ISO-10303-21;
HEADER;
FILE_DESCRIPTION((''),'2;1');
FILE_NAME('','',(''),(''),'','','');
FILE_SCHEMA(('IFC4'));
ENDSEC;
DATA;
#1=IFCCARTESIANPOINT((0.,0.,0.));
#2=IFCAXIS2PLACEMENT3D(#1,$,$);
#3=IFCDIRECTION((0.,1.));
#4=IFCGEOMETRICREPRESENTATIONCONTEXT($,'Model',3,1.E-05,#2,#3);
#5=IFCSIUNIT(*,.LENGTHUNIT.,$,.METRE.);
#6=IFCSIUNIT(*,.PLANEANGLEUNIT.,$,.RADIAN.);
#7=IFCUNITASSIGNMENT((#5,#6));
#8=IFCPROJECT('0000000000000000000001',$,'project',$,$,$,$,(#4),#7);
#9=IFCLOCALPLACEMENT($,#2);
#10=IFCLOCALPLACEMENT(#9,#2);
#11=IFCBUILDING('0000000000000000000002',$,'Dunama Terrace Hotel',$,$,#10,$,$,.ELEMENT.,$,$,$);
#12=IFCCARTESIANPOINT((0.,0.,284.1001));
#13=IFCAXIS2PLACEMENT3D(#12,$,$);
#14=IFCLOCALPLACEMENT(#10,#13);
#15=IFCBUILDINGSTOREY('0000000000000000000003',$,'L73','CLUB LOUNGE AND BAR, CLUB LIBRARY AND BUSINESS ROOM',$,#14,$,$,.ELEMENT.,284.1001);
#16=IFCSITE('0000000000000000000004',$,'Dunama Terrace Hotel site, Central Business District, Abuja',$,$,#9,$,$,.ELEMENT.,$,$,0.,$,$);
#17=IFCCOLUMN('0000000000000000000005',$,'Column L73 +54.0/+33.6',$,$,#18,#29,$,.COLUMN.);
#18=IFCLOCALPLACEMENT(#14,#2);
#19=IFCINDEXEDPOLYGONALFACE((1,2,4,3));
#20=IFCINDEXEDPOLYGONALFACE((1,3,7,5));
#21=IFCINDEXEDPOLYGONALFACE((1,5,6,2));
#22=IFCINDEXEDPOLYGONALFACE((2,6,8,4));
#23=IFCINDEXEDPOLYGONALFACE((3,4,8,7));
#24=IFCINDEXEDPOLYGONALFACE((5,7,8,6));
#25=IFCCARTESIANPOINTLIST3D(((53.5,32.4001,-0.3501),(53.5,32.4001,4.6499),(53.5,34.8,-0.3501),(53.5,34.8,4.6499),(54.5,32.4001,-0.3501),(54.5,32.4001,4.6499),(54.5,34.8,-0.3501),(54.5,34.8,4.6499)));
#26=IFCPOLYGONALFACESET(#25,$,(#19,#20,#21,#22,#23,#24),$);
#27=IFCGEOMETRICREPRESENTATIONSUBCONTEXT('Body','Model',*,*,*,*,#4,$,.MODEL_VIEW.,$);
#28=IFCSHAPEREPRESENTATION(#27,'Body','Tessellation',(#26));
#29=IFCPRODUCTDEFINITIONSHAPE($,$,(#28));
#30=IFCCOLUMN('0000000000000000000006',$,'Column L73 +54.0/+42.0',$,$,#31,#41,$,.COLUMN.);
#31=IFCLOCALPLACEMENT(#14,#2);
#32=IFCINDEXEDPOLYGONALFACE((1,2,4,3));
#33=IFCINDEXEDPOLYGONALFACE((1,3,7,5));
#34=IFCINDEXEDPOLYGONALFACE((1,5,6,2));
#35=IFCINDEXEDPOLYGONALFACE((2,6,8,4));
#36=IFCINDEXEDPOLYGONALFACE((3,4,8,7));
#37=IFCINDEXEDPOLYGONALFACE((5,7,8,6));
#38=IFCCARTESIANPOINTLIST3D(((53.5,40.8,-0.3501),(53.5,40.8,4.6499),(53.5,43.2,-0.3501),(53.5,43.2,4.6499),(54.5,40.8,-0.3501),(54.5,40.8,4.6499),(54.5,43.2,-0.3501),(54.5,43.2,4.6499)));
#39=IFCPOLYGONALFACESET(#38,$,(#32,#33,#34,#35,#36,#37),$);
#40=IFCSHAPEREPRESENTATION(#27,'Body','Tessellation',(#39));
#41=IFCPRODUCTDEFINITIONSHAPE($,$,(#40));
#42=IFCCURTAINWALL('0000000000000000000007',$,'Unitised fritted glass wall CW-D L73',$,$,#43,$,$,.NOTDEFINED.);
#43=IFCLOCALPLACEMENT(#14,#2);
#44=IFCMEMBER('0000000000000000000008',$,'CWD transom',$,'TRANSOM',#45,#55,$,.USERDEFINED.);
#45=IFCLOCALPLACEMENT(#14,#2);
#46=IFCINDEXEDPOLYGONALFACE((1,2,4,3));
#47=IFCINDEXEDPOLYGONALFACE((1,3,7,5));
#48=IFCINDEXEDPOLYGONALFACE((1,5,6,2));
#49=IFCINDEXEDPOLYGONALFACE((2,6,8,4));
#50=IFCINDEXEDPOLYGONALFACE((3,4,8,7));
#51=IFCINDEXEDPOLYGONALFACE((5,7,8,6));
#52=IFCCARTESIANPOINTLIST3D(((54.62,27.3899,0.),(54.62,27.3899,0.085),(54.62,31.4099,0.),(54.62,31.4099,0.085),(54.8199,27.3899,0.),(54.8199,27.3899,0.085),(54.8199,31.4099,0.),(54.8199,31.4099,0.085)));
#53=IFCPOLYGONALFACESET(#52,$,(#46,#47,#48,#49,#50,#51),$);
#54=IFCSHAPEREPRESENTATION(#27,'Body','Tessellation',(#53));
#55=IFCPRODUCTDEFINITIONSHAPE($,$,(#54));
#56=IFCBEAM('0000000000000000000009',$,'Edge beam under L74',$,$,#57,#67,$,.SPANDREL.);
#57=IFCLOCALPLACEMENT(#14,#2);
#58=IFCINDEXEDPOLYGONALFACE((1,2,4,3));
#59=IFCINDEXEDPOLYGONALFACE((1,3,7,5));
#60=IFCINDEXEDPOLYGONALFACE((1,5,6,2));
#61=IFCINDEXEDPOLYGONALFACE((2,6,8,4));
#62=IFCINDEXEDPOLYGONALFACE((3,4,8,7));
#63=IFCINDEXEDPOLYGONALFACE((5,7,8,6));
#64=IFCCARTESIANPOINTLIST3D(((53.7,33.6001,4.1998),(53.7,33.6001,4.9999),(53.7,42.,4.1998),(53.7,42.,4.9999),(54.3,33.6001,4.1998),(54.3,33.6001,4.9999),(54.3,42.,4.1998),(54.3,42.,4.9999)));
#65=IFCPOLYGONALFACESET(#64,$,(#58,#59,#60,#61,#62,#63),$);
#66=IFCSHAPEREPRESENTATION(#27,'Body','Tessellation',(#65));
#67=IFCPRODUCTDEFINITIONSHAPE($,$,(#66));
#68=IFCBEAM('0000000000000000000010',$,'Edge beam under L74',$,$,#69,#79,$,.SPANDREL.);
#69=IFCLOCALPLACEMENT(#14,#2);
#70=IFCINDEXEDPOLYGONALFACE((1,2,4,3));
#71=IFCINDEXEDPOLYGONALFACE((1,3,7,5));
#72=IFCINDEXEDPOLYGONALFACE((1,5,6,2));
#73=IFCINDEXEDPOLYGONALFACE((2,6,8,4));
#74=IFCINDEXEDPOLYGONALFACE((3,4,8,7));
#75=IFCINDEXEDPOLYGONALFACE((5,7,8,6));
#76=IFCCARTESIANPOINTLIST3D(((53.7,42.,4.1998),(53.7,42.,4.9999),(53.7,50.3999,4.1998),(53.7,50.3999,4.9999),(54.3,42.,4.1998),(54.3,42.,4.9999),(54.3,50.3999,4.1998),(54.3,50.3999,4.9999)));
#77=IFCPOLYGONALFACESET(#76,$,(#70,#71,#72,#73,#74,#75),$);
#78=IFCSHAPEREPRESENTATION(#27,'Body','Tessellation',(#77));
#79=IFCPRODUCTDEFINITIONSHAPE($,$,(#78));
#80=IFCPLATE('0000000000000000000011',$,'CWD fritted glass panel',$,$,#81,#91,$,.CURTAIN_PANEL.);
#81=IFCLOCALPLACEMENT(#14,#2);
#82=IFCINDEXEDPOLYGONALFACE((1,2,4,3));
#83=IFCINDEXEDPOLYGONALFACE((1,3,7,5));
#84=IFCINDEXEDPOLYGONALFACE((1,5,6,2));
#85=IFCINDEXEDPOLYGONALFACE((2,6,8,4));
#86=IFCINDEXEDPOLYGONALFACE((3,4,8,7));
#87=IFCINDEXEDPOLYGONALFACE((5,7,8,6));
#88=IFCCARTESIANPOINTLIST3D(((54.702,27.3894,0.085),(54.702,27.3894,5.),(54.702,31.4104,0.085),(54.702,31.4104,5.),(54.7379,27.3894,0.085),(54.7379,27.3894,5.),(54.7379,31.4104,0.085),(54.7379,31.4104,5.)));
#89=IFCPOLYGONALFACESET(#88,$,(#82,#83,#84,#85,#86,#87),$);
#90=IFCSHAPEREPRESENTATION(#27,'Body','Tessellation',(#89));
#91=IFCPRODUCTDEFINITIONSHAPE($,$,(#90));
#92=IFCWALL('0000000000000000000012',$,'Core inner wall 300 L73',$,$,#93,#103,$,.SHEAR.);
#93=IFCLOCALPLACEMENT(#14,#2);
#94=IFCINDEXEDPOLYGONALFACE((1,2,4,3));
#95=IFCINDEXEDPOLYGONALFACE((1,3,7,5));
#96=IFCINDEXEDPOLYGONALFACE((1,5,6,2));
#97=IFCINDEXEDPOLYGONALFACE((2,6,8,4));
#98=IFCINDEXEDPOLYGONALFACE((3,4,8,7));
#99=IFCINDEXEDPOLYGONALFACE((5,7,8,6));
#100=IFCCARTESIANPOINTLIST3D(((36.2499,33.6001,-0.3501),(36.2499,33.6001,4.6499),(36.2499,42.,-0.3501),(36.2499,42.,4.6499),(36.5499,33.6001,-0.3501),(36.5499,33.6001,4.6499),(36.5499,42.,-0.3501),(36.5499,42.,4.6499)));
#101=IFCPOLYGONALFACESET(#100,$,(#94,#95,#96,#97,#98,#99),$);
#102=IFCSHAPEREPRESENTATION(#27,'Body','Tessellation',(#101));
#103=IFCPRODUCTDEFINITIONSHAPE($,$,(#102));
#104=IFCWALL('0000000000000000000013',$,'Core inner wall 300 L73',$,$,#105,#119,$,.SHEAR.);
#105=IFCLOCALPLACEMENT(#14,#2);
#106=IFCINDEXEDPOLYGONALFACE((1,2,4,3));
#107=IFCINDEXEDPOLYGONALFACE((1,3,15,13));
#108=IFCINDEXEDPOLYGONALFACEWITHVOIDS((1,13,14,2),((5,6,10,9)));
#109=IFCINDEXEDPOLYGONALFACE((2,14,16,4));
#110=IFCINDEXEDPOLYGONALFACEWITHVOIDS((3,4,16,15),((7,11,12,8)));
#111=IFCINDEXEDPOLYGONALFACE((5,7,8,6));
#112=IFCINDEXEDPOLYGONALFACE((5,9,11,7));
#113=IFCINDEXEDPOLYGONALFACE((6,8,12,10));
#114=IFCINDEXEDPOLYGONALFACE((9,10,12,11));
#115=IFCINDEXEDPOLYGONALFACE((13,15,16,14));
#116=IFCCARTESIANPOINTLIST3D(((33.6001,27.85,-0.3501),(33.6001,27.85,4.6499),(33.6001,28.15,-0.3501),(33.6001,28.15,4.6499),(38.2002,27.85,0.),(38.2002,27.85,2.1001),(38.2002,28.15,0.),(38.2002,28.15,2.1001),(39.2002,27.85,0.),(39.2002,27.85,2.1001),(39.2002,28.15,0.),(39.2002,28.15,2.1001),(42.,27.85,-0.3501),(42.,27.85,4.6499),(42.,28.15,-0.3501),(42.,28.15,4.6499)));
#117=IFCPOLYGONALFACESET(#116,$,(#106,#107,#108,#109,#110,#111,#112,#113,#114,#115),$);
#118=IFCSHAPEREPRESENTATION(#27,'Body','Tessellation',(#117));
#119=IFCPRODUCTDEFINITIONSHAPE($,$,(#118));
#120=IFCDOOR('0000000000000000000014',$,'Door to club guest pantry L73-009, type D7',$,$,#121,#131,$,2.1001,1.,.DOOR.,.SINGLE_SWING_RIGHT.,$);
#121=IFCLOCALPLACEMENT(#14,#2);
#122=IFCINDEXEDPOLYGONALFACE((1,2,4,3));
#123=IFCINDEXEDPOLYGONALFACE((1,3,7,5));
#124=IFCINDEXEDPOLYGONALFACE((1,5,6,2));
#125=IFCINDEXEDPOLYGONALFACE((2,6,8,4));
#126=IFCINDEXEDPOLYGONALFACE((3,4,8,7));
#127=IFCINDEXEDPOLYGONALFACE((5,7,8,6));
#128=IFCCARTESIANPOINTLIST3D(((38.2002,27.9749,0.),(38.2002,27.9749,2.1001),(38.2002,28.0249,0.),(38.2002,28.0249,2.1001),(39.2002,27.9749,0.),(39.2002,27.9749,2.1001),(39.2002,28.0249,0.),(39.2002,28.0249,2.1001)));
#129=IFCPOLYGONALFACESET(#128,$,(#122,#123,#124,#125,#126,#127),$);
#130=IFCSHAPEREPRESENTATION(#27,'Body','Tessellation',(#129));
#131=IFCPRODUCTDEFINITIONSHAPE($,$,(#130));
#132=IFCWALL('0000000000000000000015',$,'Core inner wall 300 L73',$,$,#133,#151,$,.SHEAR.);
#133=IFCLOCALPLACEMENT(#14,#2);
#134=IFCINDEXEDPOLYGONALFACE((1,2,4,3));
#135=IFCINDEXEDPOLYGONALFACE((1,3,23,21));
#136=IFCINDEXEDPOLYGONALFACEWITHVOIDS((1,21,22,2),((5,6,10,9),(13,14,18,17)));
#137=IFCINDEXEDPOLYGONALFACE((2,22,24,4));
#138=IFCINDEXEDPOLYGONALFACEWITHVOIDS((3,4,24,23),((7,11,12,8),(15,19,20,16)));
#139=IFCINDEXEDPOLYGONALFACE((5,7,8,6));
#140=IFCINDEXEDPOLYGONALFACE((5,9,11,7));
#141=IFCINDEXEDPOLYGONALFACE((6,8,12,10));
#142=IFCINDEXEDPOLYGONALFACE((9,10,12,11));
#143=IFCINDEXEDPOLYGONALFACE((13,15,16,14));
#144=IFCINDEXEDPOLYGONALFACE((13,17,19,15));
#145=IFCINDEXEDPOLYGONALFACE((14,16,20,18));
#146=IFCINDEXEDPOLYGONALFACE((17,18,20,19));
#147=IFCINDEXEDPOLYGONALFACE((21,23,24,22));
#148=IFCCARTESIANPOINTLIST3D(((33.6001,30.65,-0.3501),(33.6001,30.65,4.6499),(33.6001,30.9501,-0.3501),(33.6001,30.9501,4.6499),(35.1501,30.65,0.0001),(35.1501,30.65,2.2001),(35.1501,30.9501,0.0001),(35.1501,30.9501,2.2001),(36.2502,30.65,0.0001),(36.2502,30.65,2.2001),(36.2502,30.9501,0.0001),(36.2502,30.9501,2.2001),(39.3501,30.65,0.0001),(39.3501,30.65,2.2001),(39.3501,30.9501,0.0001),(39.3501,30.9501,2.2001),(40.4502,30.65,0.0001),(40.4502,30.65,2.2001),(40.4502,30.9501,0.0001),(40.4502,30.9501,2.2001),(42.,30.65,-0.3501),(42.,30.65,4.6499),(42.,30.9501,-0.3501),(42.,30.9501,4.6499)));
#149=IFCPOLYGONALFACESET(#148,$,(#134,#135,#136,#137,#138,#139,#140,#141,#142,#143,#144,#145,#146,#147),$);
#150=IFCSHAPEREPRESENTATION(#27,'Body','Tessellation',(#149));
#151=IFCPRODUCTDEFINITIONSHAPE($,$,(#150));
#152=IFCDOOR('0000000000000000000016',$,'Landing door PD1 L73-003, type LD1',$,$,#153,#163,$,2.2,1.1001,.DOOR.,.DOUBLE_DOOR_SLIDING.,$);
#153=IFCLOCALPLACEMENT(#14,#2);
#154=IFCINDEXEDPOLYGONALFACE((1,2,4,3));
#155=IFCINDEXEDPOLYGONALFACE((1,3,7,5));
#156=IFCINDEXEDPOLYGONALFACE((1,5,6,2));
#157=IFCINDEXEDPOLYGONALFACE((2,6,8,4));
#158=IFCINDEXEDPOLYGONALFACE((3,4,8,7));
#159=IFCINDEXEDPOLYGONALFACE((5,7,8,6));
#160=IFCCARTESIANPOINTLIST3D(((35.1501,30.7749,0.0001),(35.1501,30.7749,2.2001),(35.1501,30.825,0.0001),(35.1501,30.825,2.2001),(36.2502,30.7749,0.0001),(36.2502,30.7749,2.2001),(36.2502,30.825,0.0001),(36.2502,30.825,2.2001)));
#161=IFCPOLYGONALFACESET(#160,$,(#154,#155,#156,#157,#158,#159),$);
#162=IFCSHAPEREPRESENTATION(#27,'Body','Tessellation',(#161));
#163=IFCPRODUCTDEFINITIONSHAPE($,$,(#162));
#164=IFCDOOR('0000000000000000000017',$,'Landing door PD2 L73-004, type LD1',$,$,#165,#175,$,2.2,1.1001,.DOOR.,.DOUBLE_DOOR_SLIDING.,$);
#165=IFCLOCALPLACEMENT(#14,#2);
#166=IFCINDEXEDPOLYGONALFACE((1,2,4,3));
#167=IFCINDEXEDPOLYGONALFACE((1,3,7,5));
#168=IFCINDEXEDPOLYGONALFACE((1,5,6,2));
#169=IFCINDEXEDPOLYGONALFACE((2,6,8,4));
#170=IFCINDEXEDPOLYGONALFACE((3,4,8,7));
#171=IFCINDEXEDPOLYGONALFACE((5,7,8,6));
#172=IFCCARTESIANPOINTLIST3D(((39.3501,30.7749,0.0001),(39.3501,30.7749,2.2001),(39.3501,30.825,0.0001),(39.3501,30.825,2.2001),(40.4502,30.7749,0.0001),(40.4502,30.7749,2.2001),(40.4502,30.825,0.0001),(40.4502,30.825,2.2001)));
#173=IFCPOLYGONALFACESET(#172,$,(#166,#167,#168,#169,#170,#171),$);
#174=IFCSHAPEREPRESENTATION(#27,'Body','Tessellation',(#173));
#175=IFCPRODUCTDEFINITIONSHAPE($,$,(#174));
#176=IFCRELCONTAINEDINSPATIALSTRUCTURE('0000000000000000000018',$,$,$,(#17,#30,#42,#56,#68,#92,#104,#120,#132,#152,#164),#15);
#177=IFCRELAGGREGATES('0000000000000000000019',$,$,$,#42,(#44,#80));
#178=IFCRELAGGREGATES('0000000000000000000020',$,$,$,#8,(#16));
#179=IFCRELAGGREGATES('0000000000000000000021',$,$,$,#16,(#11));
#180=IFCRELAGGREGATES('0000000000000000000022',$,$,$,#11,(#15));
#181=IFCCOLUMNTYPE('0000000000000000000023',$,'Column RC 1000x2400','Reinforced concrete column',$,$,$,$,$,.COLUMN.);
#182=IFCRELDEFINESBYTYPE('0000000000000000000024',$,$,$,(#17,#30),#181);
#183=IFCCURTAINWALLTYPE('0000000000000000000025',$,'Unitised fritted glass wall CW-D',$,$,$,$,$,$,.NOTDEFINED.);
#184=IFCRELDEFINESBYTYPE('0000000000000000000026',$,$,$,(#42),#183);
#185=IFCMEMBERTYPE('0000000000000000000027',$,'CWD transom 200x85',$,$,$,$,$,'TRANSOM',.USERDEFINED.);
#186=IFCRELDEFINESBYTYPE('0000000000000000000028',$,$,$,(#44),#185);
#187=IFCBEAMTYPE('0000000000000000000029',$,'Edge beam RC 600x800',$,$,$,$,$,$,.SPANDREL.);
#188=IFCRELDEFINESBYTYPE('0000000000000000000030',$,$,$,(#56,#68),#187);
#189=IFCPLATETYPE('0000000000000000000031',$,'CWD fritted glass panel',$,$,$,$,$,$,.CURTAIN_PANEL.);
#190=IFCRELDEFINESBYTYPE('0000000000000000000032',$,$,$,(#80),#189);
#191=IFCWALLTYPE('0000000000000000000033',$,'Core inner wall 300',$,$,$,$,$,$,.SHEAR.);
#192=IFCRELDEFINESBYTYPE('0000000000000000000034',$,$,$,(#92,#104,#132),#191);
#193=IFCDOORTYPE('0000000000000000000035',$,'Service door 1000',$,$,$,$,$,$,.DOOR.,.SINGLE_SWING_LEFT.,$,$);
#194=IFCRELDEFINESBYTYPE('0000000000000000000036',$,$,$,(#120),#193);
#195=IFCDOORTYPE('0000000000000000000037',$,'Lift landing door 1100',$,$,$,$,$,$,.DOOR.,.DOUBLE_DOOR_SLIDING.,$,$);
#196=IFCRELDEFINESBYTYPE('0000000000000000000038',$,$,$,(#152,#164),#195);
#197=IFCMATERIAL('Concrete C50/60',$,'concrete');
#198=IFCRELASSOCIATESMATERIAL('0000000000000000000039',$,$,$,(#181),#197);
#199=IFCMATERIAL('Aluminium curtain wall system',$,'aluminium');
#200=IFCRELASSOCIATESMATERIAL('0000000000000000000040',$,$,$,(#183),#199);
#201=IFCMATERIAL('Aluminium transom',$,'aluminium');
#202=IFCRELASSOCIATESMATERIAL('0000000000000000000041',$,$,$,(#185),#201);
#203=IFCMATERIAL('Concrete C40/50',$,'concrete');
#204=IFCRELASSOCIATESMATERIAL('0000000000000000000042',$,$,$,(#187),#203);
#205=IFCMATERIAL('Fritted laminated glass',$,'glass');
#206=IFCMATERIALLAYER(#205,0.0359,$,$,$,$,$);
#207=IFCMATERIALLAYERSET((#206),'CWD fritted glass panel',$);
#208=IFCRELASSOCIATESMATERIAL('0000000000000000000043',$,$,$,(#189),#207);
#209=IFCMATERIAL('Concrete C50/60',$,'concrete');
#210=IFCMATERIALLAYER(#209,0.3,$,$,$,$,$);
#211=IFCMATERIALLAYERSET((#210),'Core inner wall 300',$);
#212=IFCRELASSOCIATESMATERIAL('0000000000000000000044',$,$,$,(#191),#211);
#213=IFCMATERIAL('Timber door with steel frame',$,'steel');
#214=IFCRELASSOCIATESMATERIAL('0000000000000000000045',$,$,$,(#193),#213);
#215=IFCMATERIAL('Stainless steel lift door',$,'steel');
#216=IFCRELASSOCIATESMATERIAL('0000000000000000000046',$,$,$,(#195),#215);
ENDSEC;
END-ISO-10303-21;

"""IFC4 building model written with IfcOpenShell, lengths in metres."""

from ifc_helpers import new_model, si_unit, direction, frame, frame_2d, origin, origin_2d, place, context, subcontext, project, spatial, rectangle, extrude, material, layer, layer_set, material_profile, profile_set, type_object, element, fill, aggregate, save


model = new_model("IFC4")

# Units and contexts
model_context = context("Model", 3, precision=1e-05, world=origin(), true_north=direction((0.0, 1.0)))
body_context = subcontext(model_context, "Body", "Model", "MODEL_VIEW")
ifc_project = project(units=[si_unit("LENGTHUNIT", "METRE"), si_unit("PLANEANGLEUNIT", "RADIAN")], contexts=[model_context])

# Site, building, storey
site_placement = place(None, origin())
site = spatial("IfcSite", under=ifc_project, at=site_placement, Name="Dunama Terrace Hotel site, Central Business District, Abuja", CompositionType="ELEMENT", RefElevation=0.0)
building_placement = place(site_placement, origin())
building = spatial("IfcBuilding", under=site, at=building_placement, Name="Dunama Terrace Hotel", CompositionType="ELEMENT")
storey_placement = place(building_placement, frame((0.0, 0.0, 284.1001)))
storey = spatial("IfcBuildingStorey", under=building, at=storey_placement, Name="L73", Description="CLUB LOUNGE AND BAR, CLUB LIBRARY AND BUSINESS ROOM", CompositionType="ELEMENT", Elevation=284.1001)

# Columns
ifc_material_1 = material(Name="Concrete C50/60", Category="concrete")
ifc_material_profile_1 = material_profile(ifc_material_1, rectangle(XDim=1.0, YDim=2.3999, at=origin_2d()), Name="RC 1000x2400")
ifc_profile_set_1 = profile_set([ifc_material_profile_1], Name="Concrete C50/60")
column_type = type_object("IfcColumnType", Name="Column RC 1000x2400", Description="Reinforced concrete column", PredefinedType="COLUMN", material=ifc_profile_set_1)
for number, where, z_axis, x_axis, name in (
    (1, (54.0, 33.6001, -0.3501), (0.0, 0.0, 1.0), (1.0, 0.0, 0.0), "Column L73 +54.0/+33.6"),
    (2, (54.0, 42.0, -0.3501), (0.0, 0.0, 1.0), (1.0, 0.0, 0.0), "Column L73 +54.0/+42.0"),
):
    element("IfcColumn", number, at=place(storey_placement, frame(where, z_axis=z_axis, x_axis=x_axis)), inside=storey, type_object=column_type, Name=name, PredefinedType="COLUMN", context=body_context, shape_type="SweptSolid", body=[
        extrude(rectangle(XDim=1.0, YDim=2.3999, at=origin_2d()), origin(), (0.0, 0.0, 1.0), 5.0),
    ])

# Curtain wall, member
ifc_material_2 = material(Name="Aluminium curtain wall system", Category="aluminium")
curtain_wall_type = type_object("IfcCurtainWallType", Name="Unitised fritted glass wall CW-D", PredefinedType="NOTDEFINED", material=ifc_material_2)
curtain_wall_placement = place(storey_placement, origin())
curtain_wall = element("IfcCurtainWall", 3, at=curtain_wall_placement, inside=storey, type_object=curtain_wall_type, Name="Unitised fritted glass wall CW-D L73", PredefinedType="NOTDEFINED")
ifc_material_3 = material(Name="Aluminium transom", Category="aluminium")
ifc_material_profile_2 = material_profile(ifc_material_3, rectangle(XDim=0.2, YDim=0.085, at=origin_2d()), Name="CWD TRANSOM 200X85")
ifc_profile_set_2 = profile_set([ifc_material_profile_2], Name="Aluminium transom")
member_type = type_object("IfcMemberType", Name="CWD transom 200x85", ElementType="TRANSOM", PredefinedType="USERDEFINED", material=ifc_profile_set_2)
member_placement = place(storey_placement, frame((54.72, 27.3899, 0.0425), z_axis=(0.0, 1.0, 0.0), x_axis=(-1.0, 0.0, 0.0)))
member = element("IfcMember", 4, at=member_placement, type_object=member_type, Name="CWD transom", ObjectType="TRANSOM", PredefinedType="USERDEFINED", context=body_context, shape_type="SweptSolid", body=[
    extrude(rectangle(XDim=0.2, YDim=0.085, at=origin_2d()), origin(), (0.0, 0.0, 1.0), 4.02),
])

# Beams
ifc_material_4 = material(Name="Concrete C40/50", Category="concrete")
ifc_material_profile_3 = material_profile(ifc_material_4, rectangle(XDim=0.6001, YDim=0.8, at=origin_2d()), Name="RC 600x800")
ifc_profile_set_3 = profile_set([ifc_material_profile_3], Name="Concrete C40/50")
beam_type = type_object("IfcBeamType", Name="Edge beam RC 600x800", PredefinedType="SPANDREL", material=ifc_profile_set_3)
for number, where, z_axis, x_axis, name in (
    (5, (54.0, 33.6001, 4.5999), (0.0, 1.0, 0.0), (-1.0, 0.0, 0.0), "Edge beam under L74"),
    (6, (54.0, 42.0, 4.5999), (0.0, 1.0, 0.0), (-1.0, 0.0, 0.0), "Edge beam under L74"),
):
    element("IfcBeam", number, at=place(storey_placement, frame(where, z_axis=z_axis, x_axis=x_axis)), inside=storey, type_object=beam_type, Name=name, PredefinedType="SPANDREL", context=body_context, shape_type="SweptSolid", body=[
        extrude(rectangle(XDim=0.6001, YDim=0.8, at=origin_2d()), origin(), (0.0, 0.0, 1.0), 8.3999),
    ])

# Plate
ifc_material_5 = material(Name="Fritted laminated glass", Category="glass")
ifc_layer_1 = layer(ifc_material_5, 0.0359)
ifc_layer_set_1 = layer_set([ifc_layer_1], Name="CWD fritted glass panel")
plate_type = type_object("IfcPlateType", Name="CWD fritted glass panel", PredefinedType="CURTAIN_PANEL", material=ifc_layer_set_1)
plate_placement = place(storey_placement, frame((54.72, 29.3999, 0.085), z_axis=(0.0, 0.0, 1.0), x_axis=(0.0, 1.0, 0.0)))
plate = element("IfcPlate", 7, at=plate_placement, type_object=plate_type, Name="CWD fritted glass panel", PredefinedType="CURTAIN_PANEL", context=body_context, shape_type="SweptSolid", body=[
    extrude(rectangle(XDim=4.021, YDim=0.0359, at=origin_2d()), origin(), (0.0, 0.0, 1.0), 4.915),
])
aggregate(curtain_wall, [member, plate])

# Wall
ifc_material_6 = material(Name="Concrete C50/60", Category="concrete")
ifc_layer_2 = layer(ifc_material_6, 0.3)
ifc_layer_set_2 = layer_set([ifc_layer_2], Name="Core inner wall 300")
wall_type_1 = type_object("IfcWallType", Name="Core inner wall 300", PredefinedType="SHEAR", material=ifc_layer_set_2)
wall_1_placement = place(storey_placement, frame((36.3999, 33.6001, -0.3501), z_axis=(0.0, 0.0, 1.0), x_axis=(0.0, 1.0, 0.0)))
element("IfcWall", 8, at=wall_1_placement, inside=storey, type_object=wall_type_1, Name="Core inner wall 300 L73", PredefinedType="SHEAR", context=body_context, shape_type="SweptSolid", body=[
    extrude(rectangle(XDim=8.3999, YDim=0.3, at=frame_2d((4.2, 0.0))), origin(), (0.0, 0.0, 1.0), 5.0),
])

# Wall, opening, door
wall_2_placement = place(storey_placement, frame((33.6001, 28.0, -0.3501), z_axis=(0.0, 0.0, 1.0), x_axis=(1.0, 0.0, 0.0)))
wall_2 = element("IfcWall", 9, at=wall_2_placement, inside=storey, type_object=wall_type_1, Name="Core inner wall 300 L73", PredefinedType="SHEAR", context=body_context, shape_type="SweptSolid", body=[
    extrude(rectangle(XDim=8.3999, YDim=0.3, at=frame_2d((4.2, 0.0))), origin(), (0.0, 0.0, 1.0), 5.0),
])
opening_1_placement = place(wall_2_placement, frame((4.6001, 0.0, 0.3501)))
opening_1 = element("IfcOpeningElement", 10, at=opening_1_placement, cuts=wall_2, PredefinedType="OPENING", context=body_context, shape_type="SweptSolid", body=[
    extrude(rectangle(XDim=1.0, YDim=2.1001, at=frame_2d((0.5, 1.05))), frame((0.0, 0.1599, 0.0), z_axis=(0.0, -1.0, 0.0), x_axis=(1.0, 0.0, 0.0)), (0.0, 0.0, 1.0), 0.3201),
])
ifc_material_7 = material(Name="Timber door with steel frame", Category="steel")
door_type_1 = type_object("IfcDoorType", Name="Service door 1000", OperationType="SINGLE_SWING_LEFT", PredefinedType="DOOR", material=ifc_material_7)
door_1_placement = place(opening_1_placement, frame((1.0, 0.0, 0.0), z_axis=(0.0, 0.0, 1.0), x_axis=(-1.0, 0.0, 0.0)))
door_1 = element("IfcDoor", 11, at=door_1_placement, inside=storey, type_object=door_type_1, Name="Door to club guest pantry L73-009, type D7", OperationType="SINGLE_SWING_RIGHT", OverallHeight=2.1001, OverallWidth=1.0, PredefinedType="DOOR", context=body_context, shape_type="SweptSolid", body=[
    extrude(rectangle(XDim=1.0, YDim=2.1001, at=frame_2d((0.5, 1.05))), frame((0.0, 0.0251, 0.0), z_axis=(0.0, -1.0, 0.0), x_axis=(1.0, 0.0, 0.0)), (0.0, 0.0, 1.0), 0.05),
])
fill(opening_1, door_1)

# Wall, openings, doors
wall_3_placement = place(storey_placement, frame((33.6001, 30.8, -0.3501), z_axis=(0.0, 0.0, 1.0), x_axis=(1.0, 0.0, 0.0)))
wall_3 = element("IfcWall", 12, at=wall_3_placement, inside=storey, type_object=wall_type_1, Name="Core inner wall 300 L73", PredefinedType="SHEAR", context=body_context, shape_type="SweptSolid", body=[
    extrude(rectangle(XDim=8.3999, YDim=0.3, at=frame_2d((4.2, 0.0))), origin(), (0.0, 0.0, 1.0), 5.0),
])
opening_2_placement = place(wall_3_placement, frame((1.55, 0.0, 0.3501)))
opening_2 = element("IfcOpeningElement", 13, at=opening_2_placement, cuts=wall_3, PredefinedType="OPENING", context=body_context, shape_type="SweptSolid", body=[
    extrude(rectangle(XDim=1.1001, YDim=2.2, at=frame_2d((0.55, 1.1001))), frame((0.0, 0.1599, 0.0), z_axis=(0.0, -1.0, 0.0), x_axis=(1.0, 0.0, 0.0)), (0.0, 0.0, 1.0), 0.3201),
])
opening_3_placement = place(wall_3_placement, frame((5.75, 0.0, 0.3501)))
opening_3 = element("IfcOpeningElement", 14, at=opening_3_placement, cuts=wall_3, PredefinedType="OPENING", context=body_context, shape_type="SweptSolid", body=[
    extrude(rectangle(XDim=1.1001, YDim=2.2, at=frame_2d((0.55, 1.1001))), frame((0.0, 0.1599, 0.0), z_axis=(0.0, -1.0, 0.0), x_axis=(1.0, 0.0, 0.0)), (0.0, 0.0, 1.0), 0.3201),
])
ifc_material_8 = material(Name="Stainless steel lift door", Category="steel")
door_type_2 = type_object("IfcDoorType", Name="Lift landing door 1100", OperationType="DOUBLE_DOOR_SLIDING", PredefinedType="DOOR", material=ifc_material_8)
door_2_placement = place(opening_2_placement, origin())
door_2 = element("IfcDoor", 15, at=door_2_placement, inside=storey, type_object=door_type_2, Name="Landing door PD1 L73-003, type LD1", OperationType="DOUBLE_DOOR_SLIDING", OverallHeight=2.2, OverallWidth=1.1001, PredefinedType="DOOR", context=body_context, shape_type="SweptSolid", body=[
    extrude(rectangle(XDim=1.1001, YDim=2.2, at=frame_2d((0.55, 1.1001))), frame((0.0, 0.0249, 0.0), z_axis=(0.0, -1.0, 0.0), x_axis=(1.0, 0.0, 0.0)), (0.0, 0.0, 1.0), 0.05),
])
fill(opening_2, door_2)
door_3_placement = place(opening_3_placement, origin())
door_3 = element("IfcDoor", 16, at=door_3_placement, inside=storey, type_object=door_type_2, Name="Landing door PD2 L73-004, type LD1", OperationType="DOUBLE_DOOR_SLIDING", OverallHeight=2.2, OverallWidth=1.1001, PredefinedType="DOOR", context=body_context, shape_type="SweptSolid", body=[
    extrude(rectangle(XDim=1.1001, YDim=2.2, at=frame_2d((0.55, 1.1001))), frame((0.0, 0.0249, 0.0), z_axis=(0.0, -1.0, 0.0), x_axis=(1.0, 0.0, 0.0)), (0.0, 0.0, 1.0), 0.05),
])
fill(opening_3, door_3)

save(model, "model.ifc")
